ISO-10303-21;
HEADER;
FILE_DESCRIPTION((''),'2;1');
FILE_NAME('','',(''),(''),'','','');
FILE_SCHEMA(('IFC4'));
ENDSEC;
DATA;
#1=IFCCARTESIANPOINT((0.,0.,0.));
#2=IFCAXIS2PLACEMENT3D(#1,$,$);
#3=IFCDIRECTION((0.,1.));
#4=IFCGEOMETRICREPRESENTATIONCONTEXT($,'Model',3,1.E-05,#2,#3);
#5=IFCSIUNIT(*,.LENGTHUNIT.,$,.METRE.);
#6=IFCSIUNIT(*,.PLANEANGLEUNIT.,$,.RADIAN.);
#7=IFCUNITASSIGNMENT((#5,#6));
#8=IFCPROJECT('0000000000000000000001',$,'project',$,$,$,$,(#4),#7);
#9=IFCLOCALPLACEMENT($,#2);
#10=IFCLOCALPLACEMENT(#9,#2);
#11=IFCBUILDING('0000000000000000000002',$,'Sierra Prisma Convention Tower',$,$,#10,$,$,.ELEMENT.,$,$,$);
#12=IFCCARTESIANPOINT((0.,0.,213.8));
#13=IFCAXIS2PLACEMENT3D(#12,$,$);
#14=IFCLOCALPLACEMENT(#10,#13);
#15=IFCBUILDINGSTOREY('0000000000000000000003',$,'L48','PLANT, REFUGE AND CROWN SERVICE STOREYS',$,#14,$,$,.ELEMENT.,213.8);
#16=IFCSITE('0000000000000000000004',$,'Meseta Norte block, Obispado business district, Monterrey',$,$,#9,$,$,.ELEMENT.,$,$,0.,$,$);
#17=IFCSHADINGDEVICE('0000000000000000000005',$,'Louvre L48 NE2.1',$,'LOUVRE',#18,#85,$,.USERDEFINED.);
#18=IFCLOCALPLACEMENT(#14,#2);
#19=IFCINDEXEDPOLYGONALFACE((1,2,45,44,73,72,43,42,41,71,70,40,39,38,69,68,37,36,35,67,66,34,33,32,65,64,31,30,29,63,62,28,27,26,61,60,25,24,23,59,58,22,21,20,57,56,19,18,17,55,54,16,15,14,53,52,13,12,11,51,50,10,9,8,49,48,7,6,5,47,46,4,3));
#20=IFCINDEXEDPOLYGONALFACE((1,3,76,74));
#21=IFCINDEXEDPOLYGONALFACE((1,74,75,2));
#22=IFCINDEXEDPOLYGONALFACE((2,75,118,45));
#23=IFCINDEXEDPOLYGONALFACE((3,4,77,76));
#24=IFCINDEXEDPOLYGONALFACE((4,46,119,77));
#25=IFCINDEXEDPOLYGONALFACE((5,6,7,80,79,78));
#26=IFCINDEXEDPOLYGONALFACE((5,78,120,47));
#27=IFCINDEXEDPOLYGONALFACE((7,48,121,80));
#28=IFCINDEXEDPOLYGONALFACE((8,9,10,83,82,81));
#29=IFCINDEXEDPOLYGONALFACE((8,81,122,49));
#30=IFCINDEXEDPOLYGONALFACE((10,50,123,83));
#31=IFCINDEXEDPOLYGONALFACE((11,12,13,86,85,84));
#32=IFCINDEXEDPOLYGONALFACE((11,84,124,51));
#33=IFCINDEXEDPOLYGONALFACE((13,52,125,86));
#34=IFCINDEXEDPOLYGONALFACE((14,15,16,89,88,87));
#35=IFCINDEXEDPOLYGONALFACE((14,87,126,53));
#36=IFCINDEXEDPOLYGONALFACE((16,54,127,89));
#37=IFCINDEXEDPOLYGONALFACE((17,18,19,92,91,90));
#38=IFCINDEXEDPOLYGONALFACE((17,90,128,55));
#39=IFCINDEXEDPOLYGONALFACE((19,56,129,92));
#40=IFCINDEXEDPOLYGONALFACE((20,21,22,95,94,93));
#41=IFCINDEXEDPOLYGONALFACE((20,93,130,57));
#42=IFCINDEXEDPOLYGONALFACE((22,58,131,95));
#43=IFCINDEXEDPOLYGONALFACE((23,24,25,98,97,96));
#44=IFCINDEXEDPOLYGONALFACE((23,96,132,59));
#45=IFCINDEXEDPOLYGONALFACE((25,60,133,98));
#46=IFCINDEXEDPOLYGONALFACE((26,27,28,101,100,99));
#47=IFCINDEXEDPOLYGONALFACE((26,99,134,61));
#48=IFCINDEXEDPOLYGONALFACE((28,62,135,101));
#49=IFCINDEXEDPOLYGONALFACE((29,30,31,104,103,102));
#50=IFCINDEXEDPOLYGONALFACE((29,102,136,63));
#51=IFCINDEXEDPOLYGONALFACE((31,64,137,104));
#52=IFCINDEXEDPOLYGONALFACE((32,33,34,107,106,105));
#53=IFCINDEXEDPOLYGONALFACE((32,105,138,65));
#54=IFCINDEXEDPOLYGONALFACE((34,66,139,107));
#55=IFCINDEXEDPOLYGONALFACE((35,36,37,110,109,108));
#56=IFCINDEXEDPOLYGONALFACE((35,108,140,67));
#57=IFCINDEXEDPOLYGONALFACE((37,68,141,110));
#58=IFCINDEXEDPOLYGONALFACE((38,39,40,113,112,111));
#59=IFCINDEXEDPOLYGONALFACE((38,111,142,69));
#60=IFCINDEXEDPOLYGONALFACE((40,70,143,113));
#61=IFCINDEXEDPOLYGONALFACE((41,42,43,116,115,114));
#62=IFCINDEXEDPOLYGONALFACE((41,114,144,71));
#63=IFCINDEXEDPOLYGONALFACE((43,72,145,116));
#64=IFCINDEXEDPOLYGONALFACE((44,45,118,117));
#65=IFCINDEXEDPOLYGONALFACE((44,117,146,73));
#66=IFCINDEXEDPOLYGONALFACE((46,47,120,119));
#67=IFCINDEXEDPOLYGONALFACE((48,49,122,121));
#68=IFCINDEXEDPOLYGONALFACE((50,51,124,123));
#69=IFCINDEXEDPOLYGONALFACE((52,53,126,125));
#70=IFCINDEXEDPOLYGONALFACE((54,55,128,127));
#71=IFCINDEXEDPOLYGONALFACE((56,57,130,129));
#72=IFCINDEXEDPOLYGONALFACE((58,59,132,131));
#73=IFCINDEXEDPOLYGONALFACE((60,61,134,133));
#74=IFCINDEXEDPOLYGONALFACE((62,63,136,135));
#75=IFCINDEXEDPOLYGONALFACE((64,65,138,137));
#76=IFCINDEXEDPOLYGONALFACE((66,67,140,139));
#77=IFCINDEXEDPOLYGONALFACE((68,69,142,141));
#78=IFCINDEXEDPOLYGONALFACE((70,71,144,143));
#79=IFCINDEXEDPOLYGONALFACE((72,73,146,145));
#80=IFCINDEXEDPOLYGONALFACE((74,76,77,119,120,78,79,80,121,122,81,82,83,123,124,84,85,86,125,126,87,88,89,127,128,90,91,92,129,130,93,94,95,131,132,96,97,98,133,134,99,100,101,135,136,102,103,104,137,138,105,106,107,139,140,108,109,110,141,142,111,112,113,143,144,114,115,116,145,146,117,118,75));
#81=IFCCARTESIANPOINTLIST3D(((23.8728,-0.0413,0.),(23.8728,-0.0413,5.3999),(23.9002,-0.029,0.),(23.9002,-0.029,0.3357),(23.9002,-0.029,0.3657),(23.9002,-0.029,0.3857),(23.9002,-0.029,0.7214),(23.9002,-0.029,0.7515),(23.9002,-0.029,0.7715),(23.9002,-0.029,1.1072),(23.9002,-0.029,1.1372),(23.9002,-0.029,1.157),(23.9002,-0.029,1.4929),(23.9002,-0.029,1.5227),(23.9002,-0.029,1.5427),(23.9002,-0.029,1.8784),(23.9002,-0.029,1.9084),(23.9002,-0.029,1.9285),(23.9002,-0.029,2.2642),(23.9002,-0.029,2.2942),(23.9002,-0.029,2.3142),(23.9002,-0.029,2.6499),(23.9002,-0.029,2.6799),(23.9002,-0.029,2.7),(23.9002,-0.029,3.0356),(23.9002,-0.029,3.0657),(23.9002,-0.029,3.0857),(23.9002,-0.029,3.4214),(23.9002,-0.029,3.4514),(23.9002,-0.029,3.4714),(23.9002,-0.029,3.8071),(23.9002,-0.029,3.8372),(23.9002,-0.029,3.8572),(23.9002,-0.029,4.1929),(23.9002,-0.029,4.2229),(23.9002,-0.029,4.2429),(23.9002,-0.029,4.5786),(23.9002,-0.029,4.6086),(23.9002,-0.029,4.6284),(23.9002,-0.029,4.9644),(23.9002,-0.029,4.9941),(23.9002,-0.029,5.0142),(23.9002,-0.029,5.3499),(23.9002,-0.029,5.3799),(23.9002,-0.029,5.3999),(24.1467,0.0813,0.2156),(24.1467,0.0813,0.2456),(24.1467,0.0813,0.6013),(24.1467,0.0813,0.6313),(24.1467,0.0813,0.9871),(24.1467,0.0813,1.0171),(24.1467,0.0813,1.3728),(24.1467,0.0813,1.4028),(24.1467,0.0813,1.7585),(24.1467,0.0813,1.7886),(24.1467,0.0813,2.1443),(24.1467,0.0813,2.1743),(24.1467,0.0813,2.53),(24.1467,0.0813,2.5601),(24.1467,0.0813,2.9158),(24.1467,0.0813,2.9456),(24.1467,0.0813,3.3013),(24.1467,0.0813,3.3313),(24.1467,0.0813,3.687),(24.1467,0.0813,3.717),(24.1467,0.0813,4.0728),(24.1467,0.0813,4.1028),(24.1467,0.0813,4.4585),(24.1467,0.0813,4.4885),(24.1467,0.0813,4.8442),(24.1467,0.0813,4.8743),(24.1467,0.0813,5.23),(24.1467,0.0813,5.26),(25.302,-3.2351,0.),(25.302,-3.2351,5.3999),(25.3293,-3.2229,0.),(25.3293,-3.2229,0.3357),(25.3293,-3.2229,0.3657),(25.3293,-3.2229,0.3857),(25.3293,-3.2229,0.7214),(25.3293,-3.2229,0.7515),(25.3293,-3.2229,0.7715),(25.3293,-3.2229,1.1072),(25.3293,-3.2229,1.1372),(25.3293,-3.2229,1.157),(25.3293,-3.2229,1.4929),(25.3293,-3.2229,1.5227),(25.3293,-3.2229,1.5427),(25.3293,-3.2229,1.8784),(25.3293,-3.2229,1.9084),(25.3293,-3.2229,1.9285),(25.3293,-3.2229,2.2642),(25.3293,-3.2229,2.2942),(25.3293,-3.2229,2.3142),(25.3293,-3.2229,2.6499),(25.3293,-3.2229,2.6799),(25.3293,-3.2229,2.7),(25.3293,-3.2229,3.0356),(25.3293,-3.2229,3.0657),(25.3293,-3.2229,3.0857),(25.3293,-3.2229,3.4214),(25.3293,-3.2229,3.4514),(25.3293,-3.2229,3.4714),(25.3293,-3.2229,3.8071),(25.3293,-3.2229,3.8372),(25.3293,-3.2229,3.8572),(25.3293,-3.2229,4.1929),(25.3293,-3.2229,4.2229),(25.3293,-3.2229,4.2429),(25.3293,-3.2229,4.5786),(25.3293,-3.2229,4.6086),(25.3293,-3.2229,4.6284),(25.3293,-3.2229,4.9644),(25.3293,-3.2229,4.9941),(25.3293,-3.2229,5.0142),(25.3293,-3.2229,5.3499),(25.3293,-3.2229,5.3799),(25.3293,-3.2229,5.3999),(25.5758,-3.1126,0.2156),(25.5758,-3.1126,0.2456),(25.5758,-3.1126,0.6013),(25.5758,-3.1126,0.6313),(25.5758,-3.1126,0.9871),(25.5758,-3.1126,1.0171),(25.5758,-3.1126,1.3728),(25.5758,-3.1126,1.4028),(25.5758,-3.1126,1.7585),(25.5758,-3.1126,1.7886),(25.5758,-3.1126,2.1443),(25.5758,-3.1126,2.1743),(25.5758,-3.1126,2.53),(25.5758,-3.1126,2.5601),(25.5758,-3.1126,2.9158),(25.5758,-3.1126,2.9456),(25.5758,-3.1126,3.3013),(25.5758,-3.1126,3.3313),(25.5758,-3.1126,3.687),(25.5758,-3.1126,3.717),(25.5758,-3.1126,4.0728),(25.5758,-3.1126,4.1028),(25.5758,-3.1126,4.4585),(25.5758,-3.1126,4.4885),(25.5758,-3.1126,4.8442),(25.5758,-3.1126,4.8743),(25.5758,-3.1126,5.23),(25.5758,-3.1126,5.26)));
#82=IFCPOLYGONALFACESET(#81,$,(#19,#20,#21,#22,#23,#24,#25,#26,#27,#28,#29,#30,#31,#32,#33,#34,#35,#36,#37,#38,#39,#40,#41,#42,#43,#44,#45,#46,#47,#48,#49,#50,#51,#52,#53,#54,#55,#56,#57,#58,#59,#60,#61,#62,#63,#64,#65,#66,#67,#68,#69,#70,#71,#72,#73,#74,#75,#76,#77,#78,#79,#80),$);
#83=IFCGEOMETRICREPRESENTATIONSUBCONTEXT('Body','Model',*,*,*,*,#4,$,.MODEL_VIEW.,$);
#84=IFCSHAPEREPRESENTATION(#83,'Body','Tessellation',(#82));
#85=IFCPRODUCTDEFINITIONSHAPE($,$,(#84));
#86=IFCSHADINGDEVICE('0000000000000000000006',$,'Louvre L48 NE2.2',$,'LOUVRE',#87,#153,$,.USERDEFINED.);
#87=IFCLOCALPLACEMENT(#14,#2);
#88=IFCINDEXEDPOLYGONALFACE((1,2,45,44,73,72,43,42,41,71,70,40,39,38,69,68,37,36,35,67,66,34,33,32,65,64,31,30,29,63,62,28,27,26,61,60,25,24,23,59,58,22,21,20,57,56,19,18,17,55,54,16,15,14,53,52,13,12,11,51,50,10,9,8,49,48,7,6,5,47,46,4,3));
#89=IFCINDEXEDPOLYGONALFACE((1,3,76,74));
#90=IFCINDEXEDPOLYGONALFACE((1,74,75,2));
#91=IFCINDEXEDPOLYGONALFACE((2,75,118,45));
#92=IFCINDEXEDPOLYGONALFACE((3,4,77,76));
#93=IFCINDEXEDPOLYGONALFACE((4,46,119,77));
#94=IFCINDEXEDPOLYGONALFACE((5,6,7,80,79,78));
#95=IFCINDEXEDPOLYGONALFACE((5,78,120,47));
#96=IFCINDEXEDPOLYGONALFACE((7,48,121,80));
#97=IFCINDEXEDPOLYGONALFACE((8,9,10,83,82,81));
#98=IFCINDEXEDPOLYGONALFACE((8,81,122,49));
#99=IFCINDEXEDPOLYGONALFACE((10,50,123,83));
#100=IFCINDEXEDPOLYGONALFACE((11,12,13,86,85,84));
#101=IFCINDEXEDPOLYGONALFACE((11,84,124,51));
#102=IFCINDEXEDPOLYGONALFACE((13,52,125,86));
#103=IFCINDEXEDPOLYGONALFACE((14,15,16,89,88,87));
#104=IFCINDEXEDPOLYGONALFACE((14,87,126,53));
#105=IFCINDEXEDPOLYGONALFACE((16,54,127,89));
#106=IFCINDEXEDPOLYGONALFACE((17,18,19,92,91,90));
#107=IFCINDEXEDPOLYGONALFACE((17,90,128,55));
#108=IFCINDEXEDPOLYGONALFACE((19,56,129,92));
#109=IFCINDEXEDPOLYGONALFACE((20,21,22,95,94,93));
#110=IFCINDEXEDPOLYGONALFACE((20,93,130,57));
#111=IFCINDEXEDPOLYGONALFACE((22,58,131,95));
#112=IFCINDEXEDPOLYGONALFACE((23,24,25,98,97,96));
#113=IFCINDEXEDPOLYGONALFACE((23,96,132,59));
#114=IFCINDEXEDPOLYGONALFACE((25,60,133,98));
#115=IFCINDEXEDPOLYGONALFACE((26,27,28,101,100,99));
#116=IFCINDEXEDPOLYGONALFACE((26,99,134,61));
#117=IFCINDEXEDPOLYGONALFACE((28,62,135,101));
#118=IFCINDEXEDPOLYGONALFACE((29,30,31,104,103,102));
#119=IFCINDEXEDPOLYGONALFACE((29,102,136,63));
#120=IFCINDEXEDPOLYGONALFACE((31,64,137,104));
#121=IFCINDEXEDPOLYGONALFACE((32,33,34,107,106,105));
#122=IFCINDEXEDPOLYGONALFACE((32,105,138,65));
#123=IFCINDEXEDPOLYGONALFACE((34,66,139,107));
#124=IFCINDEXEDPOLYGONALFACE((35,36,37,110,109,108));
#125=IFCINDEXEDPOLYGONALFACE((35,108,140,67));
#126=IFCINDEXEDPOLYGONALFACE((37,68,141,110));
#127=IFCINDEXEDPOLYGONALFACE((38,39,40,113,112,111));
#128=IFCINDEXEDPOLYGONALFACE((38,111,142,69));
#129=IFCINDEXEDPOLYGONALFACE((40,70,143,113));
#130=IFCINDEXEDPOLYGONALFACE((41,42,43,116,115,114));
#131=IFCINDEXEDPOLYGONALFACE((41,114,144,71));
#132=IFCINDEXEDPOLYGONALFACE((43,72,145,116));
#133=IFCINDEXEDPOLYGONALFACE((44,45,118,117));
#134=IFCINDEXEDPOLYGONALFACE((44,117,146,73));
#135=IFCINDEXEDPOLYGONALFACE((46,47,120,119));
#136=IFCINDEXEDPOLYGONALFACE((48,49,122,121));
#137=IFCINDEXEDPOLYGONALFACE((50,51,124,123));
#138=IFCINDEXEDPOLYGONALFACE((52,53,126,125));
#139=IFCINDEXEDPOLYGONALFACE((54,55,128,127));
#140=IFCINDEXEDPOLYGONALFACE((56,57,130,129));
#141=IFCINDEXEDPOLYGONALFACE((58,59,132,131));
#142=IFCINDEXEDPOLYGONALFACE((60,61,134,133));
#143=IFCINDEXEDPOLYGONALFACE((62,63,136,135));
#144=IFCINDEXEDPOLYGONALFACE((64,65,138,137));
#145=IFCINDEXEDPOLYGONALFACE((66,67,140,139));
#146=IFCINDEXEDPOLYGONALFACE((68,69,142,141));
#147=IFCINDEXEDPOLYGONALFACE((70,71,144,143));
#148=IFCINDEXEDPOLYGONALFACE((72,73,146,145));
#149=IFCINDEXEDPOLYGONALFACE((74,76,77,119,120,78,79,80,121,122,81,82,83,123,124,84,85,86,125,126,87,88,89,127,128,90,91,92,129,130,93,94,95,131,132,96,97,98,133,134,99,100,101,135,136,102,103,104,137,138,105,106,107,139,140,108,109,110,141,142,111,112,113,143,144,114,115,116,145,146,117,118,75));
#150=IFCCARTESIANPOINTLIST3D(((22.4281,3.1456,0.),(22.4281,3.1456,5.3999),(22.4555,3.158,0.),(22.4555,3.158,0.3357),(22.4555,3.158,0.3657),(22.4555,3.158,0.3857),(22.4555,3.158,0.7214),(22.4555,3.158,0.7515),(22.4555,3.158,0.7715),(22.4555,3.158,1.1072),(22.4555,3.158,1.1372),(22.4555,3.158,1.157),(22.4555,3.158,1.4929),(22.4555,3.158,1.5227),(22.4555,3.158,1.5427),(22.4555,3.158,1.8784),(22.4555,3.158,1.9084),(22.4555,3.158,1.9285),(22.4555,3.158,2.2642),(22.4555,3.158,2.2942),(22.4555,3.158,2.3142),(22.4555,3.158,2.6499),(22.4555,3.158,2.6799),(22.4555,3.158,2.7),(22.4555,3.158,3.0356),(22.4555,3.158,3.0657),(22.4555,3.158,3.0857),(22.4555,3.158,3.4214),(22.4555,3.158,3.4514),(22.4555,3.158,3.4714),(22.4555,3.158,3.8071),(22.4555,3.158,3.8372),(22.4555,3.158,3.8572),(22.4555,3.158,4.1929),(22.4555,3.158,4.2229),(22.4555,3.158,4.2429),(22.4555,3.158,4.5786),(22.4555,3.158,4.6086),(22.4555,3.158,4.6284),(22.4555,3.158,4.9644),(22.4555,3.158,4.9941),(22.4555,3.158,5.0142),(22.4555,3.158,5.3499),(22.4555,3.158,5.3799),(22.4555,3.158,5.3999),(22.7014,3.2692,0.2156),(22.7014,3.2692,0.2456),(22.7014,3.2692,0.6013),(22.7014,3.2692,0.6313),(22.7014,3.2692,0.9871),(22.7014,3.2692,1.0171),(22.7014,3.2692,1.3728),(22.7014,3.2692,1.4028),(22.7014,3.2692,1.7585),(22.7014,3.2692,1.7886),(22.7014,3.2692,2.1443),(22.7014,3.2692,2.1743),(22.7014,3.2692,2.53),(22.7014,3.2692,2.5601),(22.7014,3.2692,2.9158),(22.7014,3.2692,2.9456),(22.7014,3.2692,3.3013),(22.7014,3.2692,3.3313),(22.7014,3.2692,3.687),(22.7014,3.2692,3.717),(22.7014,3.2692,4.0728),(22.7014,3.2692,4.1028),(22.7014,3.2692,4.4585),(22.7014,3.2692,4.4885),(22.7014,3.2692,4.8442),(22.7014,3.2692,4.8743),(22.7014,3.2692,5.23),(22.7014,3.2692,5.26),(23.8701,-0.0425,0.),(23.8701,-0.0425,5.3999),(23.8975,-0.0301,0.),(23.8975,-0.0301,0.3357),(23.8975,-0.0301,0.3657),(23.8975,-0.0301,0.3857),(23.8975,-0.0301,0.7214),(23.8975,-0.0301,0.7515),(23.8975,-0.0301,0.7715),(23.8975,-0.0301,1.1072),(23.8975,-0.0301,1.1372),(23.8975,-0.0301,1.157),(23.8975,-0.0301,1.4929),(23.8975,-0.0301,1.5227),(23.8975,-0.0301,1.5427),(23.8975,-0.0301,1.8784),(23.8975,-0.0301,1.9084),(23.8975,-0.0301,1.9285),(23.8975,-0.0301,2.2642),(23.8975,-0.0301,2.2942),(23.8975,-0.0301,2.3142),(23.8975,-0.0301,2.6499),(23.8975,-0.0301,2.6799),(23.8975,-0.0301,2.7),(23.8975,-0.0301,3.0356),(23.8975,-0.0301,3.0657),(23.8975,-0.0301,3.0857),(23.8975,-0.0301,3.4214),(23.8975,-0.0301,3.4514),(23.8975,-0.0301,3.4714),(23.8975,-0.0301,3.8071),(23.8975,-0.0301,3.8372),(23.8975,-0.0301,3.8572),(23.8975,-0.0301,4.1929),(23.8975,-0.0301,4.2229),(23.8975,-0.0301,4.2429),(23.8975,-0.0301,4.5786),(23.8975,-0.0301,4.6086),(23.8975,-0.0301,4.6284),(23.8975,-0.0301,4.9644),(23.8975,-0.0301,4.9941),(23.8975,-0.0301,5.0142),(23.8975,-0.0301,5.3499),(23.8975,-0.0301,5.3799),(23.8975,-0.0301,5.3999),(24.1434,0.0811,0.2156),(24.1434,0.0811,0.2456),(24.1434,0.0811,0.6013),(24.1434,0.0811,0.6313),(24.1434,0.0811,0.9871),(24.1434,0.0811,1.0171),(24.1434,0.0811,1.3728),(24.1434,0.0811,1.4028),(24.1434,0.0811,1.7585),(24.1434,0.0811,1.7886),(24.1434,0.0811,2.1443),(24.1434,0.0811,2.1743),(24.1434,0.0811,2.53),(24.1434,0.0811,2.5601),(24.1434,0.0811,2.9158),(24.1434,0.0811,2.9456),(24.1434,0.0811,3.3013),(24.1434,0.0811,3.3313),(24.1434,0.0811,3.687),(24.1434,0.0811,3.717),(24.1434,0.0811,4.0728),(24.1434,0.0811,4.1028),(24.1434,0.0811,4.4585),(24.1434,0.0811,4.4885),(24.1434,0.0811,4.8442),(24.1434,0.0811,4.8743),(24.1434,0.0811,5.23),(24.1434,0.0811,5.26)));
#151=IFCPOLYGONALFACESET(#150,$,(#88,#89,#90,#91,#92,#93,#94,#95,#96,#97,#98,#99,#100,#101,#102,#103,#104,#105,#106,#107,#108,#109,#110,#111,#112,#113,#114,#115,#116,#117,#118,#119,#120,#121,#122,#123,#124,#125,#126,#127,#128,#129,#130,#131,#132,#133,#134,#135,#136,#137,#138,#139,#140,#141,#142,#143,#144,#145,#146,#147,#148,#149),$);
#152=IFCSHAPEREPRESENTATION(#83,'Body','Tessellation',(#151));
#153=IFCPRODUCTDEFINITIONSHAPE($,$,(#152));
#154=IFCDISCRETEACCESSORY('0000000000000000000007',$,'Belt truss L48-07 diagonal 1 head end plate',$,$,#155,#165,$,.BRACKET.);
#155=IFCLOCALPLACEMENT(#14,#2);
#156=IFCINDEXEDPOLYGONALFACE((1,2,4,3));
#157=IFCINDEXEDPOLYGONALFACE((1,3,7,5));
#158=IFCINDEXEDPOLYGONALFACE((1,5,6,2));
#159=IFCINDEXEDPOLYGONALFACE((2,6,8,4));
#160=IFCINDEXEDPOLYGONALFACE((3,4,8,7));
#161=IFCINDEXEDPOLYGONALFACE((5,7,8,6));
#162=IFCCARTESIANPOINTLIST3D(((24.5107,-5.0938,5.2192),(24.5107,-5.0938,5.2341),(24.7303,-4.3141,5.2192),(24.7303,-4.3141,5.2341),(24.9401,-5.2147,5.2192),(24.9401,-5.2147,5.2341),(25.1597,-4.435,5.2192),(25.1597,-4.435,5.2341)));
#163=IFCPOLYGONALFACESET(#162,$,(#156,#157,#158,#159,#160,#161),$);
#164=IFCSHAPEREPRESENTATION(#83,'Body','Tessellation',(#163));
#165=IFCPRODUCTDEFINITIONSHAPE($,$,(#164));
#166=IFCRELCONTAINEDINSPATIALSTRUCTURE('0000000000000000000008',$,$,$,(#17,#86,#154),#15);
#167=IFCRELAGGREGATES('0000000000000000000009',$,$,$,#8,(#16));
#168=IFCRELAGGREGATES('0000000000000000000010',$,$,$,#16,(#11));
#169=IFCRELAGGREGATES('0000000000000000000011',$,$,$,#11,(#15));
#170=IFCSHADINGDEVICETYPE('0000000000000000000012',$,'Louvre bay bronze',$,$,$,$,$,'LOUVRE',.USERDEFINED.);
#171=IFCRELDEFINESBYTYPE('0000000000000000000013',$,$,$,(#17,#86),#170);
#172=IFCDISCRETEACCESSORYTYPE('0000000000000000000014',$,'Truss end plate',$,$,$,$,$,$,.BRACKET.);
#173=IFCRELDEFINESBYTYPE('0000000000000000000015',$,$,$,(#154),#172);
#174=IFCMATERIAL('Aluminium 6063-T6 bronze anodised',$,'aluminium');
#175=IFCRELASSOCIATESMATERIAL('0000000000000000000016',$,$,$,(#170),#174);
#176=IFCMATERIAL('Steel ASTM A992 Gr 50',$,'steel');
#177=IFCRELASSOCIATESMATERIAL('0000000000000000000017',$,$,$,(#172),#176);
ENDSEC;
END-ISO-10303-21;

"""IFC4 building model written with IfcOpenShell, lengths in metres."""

from ifc_helpers import new_model, si_unit, direction, frame, origin, origin_2d, place, context, subcontext, project, spatial, polyline, rectangle, outline, extrude, material, type_object, element, save


model = new_model("IFC4")

# Units and contexts
model_context = context("Model", 3, precision=1e-05, world=origin(), true_north=direction((0.0, 1.0)))
body_context = subcontext(model_context, "Body", "Model", "MODEL_VIEW")
ifc_project = project(units=[si_unit("LENGTHUNIT", "METRE"), si_unit("PLANEANGLEUNIT", "RADIAN")], contexts=[model_context])

# Site, building, storey
site_placement = place(None, origin())
site = spatial("IfcSite", under=ifc_project, at=site_placement, Name="Meseta Norte block, Obispado business district, Monterrey", CompositionType="ELEMENT", RefElevation=0.0)
building_placement = place(site_placement, origin())
building = spatial("IfcBuilding", under=site, at=building_placement, Name="Sierra Prisma Convention Tower", CompositionType="ELEMENT")
storey_placement = place(building_placement, frame((0.0, 0.0, 213.8)))
storey = spatial("IfcBuildingStorey", under=building, at=storey_placement, Name="L48", Description="PLANT, REFUGE AND CROWN SERVICE STOREYS", CompositionType="ELEMENT", Elevation=213.8)

# Shading devices
ifc_material_1 = material(Name="Aluminium 6063-T6 bronze anodised", Category="aluminium")
shading_device_type = type_object("IfcShadingDeviceType", Name="Louvre bay bronze", ElementType="LOUVRE", PredefinedType="USERDEFINED", material=ifc_material_1)
shading_device_1_placement = place(storey_placement, frame((25.302, -3.2351, 0.0), z_axis=(0.408444, -0.912783, 0.0), x_axis=(0.0, 0.0, 1.0)))
element("IfcShadingDevice", 1, at=shading_device_1_placement, inside=storey, type_object=shading_device_type, Name="Louvre L48 NE2.1", ObjectType="LOUVRE", PredefinedType="USERDEFINED", context=body_context, shape_type="SweptSolid", body=[
    extrude(outline(polyline([(0.0, 0.0), (5.3999, 0.0), (5.3999, -0.0299), (5.3799, -0.0299), (5.26, -0.3), (5.23, -0.3), (5.3499, -0.0299), (5.0142, -0.0299), (4.9941, -0.0299), (4.8743, -0.3), (4.8442, -0.3), (4.9644, -0.0299), (4.6284, -0.0299), (4.6086, -0.0299), (4.4885, -0.3), (4.4585, -0.3), (4.5786, -0.0299), (4.2429, -0.0299), (4.2229, -0.0299), (4.1028, -0.3), (4.0728, -0.3), (4.1929, -0.0299), (3.8572, -0.0299), (3.8372, -0.0299), (3.717, -0.3), (3.687, -0.3), (3.8071, -0.0299), (3.4714, -0.0299), (3.4514, -0.0299), (3.3313, -0.3), (3.3013, -0.3), (3.4214, -0.0299), (3.0857, -0.0299), (3.0657, -0.0299), (2.9456, -0.3), (2.9158, -0.3), (3.0356, -0.0299), (2.7, -0.0299), (2.6799, -0.0299), (2.5601, -0.3), (2.53, -0.3), (2.6499, -0.0299), (2.3142, -0.0299), (2.2942, -0.0299), (2.1743, -0.3), (2.1443, -0.3), (2.2642, -0.0299), (1.9285, -0.0299), (1.9084, -0.0299), (1.7886, -0.3), (1.7585, -0.3), (1.8784, -0.0299), (1.5427, -0.0299), (1.5227, -0.0299), (1.4028, -0.3), (1.3728, -0.3), (1.4929, -0.0299), (1.157, -0.0299), (1.1372, -0.0299), (1.0171, -0.3), (0.9871, -0.3), (1.1072, -0.0299), (0.7715, -0.0299), (0.7515, -0.0299), (0.6313, -0.3), (0.6013, -0.3), (0.7214, -0.0299), (0.3857, -0.0299), (0.3657, -0.0299), (0.2456, -0.3), (0.2156, -0.3), (0.3357, -0.0299), (0.0, -0.0299), (0.0, 0.0)])), origin(), (0.0, 0.0, -1.0), 3.499),
])
shading_device_2_placement = place(storey_placement, frame((23.8701, -0.0425, 0.0), z_axis=(0.412116, -0.911131, 0.0), x_axis=(0.0, 0.0, 1.0)))
element("IfcShadingDevice", 2, at=shading_device_2_placement, inside=storey, type_object=shading_device_type, Name="Louvre L48 NE2.2", ObjectType="LOUVRE", PredefinedType="USERDEFINED", context=body_context, shape_type="SweptSolid", body=[
    extrude(outline(polyline([(0.0, 0.0), (5.3999, 0.0), (5.3999, -0.03), (5.3799, -0.03), (5.26, -0.3), (5.23, -0.3), (5.3499, -0.03), (5.0142, -0.03), (4.9941, -0.03), (4.8743, -0.3), (4.8442, -0.3), (4.9644, -0.03), (4.6284, -0.03), (4.6086, -0.03), (4.4885, -0.3), (4.4585, -0.3), (4.5786, -0.03), (4.2429, -0.03), (4.2229, -0.03), (4.1028, -0.3), (4.0728, -0.3), (4.1929, -0.03), (3.8572, -0.03), (3.8372, -0.03), (3.717, -0.3), (3.687, -0.3), (3.8071, -0.03), (3.4714, -0.03), (3.4514, -0.03), (3.3313, -0.3), (3.3013, -0.3), (3.4214, -0.03), (3.0857, -0.03), (3.0657, -0.03), (2.9456, -0.3), (2.9158, -0.3), (3.0356, -0.03), (2.7, -0.03), (2.6799, -0.03), (2.5601, -0.3), (2.53, -0.3), (2.6499, -0.03), (2.3142, -0.03), (2.2942, -0.03), (2.1743, -0.3), (2.1443, -0.3), (2.2642, -0.03), (1.9285, -0.03), (1.9084, -0.03), (1.7886, -0.3), (1.7585, -0.3), (1.8784, -0.03), (1.5427, -0.03), (1.5227, -0.03), (1.4028, -0.3), (1.3728, -0.3), (1.4929, -0.03), (1.157, -0.03), (1.1372, -0.03), (1.0171, -0.3), (0.9871, -0.3), (1.1072, -0.03), (0.7715, -0.03), (0.7515, -0.03), (0.6313, -0.3), (0.6013, -0.3), (0.7214, -0.03), (0.3857, -0.03), (0.3657, -0.03), (0.2456, -0.3), (0.2156, -0.3), (0.3357, -0.03), (0.0, -0.03), (0.0, 0.0)])), origin(), (0.0, 0.0, -1.0), 3.499),
])

# Discrete accessory
ifc_material_2 = material(Name="Steel ASTM A992 Gr 50", Category="steel")
discrete_accessory_type = type_object("IfcDiscreteAccessoryType", Name="Truss end plate", PredefinedType="BRACKET", material=ifc_material_2)
discrete_accessory_1_placement = place(storey_placement, frame((24.8352, -4.7644, 5.2192), z_axis=(0.0, 0.0, 1.0), x_axis=(0.271086, 0.962555, 0.0)))
element("IfcDiscreteAccessory", 3, at=discrete_accessory_1_placement, inside=storey, type_object=discrete_accessory_type, Name="Belt truss L48-07 diagonal 1 head end plate", PredefinedType="BRACKET", context=body_context, shape_type="SweptSolid", body=[
    extrude(rectangle(XDim=0.8101, YDim=0.446, at=origin_2d()), origin(), (0.0, 0.0, 1.0), 0.0149),
])

save(model, "model.ifc")
